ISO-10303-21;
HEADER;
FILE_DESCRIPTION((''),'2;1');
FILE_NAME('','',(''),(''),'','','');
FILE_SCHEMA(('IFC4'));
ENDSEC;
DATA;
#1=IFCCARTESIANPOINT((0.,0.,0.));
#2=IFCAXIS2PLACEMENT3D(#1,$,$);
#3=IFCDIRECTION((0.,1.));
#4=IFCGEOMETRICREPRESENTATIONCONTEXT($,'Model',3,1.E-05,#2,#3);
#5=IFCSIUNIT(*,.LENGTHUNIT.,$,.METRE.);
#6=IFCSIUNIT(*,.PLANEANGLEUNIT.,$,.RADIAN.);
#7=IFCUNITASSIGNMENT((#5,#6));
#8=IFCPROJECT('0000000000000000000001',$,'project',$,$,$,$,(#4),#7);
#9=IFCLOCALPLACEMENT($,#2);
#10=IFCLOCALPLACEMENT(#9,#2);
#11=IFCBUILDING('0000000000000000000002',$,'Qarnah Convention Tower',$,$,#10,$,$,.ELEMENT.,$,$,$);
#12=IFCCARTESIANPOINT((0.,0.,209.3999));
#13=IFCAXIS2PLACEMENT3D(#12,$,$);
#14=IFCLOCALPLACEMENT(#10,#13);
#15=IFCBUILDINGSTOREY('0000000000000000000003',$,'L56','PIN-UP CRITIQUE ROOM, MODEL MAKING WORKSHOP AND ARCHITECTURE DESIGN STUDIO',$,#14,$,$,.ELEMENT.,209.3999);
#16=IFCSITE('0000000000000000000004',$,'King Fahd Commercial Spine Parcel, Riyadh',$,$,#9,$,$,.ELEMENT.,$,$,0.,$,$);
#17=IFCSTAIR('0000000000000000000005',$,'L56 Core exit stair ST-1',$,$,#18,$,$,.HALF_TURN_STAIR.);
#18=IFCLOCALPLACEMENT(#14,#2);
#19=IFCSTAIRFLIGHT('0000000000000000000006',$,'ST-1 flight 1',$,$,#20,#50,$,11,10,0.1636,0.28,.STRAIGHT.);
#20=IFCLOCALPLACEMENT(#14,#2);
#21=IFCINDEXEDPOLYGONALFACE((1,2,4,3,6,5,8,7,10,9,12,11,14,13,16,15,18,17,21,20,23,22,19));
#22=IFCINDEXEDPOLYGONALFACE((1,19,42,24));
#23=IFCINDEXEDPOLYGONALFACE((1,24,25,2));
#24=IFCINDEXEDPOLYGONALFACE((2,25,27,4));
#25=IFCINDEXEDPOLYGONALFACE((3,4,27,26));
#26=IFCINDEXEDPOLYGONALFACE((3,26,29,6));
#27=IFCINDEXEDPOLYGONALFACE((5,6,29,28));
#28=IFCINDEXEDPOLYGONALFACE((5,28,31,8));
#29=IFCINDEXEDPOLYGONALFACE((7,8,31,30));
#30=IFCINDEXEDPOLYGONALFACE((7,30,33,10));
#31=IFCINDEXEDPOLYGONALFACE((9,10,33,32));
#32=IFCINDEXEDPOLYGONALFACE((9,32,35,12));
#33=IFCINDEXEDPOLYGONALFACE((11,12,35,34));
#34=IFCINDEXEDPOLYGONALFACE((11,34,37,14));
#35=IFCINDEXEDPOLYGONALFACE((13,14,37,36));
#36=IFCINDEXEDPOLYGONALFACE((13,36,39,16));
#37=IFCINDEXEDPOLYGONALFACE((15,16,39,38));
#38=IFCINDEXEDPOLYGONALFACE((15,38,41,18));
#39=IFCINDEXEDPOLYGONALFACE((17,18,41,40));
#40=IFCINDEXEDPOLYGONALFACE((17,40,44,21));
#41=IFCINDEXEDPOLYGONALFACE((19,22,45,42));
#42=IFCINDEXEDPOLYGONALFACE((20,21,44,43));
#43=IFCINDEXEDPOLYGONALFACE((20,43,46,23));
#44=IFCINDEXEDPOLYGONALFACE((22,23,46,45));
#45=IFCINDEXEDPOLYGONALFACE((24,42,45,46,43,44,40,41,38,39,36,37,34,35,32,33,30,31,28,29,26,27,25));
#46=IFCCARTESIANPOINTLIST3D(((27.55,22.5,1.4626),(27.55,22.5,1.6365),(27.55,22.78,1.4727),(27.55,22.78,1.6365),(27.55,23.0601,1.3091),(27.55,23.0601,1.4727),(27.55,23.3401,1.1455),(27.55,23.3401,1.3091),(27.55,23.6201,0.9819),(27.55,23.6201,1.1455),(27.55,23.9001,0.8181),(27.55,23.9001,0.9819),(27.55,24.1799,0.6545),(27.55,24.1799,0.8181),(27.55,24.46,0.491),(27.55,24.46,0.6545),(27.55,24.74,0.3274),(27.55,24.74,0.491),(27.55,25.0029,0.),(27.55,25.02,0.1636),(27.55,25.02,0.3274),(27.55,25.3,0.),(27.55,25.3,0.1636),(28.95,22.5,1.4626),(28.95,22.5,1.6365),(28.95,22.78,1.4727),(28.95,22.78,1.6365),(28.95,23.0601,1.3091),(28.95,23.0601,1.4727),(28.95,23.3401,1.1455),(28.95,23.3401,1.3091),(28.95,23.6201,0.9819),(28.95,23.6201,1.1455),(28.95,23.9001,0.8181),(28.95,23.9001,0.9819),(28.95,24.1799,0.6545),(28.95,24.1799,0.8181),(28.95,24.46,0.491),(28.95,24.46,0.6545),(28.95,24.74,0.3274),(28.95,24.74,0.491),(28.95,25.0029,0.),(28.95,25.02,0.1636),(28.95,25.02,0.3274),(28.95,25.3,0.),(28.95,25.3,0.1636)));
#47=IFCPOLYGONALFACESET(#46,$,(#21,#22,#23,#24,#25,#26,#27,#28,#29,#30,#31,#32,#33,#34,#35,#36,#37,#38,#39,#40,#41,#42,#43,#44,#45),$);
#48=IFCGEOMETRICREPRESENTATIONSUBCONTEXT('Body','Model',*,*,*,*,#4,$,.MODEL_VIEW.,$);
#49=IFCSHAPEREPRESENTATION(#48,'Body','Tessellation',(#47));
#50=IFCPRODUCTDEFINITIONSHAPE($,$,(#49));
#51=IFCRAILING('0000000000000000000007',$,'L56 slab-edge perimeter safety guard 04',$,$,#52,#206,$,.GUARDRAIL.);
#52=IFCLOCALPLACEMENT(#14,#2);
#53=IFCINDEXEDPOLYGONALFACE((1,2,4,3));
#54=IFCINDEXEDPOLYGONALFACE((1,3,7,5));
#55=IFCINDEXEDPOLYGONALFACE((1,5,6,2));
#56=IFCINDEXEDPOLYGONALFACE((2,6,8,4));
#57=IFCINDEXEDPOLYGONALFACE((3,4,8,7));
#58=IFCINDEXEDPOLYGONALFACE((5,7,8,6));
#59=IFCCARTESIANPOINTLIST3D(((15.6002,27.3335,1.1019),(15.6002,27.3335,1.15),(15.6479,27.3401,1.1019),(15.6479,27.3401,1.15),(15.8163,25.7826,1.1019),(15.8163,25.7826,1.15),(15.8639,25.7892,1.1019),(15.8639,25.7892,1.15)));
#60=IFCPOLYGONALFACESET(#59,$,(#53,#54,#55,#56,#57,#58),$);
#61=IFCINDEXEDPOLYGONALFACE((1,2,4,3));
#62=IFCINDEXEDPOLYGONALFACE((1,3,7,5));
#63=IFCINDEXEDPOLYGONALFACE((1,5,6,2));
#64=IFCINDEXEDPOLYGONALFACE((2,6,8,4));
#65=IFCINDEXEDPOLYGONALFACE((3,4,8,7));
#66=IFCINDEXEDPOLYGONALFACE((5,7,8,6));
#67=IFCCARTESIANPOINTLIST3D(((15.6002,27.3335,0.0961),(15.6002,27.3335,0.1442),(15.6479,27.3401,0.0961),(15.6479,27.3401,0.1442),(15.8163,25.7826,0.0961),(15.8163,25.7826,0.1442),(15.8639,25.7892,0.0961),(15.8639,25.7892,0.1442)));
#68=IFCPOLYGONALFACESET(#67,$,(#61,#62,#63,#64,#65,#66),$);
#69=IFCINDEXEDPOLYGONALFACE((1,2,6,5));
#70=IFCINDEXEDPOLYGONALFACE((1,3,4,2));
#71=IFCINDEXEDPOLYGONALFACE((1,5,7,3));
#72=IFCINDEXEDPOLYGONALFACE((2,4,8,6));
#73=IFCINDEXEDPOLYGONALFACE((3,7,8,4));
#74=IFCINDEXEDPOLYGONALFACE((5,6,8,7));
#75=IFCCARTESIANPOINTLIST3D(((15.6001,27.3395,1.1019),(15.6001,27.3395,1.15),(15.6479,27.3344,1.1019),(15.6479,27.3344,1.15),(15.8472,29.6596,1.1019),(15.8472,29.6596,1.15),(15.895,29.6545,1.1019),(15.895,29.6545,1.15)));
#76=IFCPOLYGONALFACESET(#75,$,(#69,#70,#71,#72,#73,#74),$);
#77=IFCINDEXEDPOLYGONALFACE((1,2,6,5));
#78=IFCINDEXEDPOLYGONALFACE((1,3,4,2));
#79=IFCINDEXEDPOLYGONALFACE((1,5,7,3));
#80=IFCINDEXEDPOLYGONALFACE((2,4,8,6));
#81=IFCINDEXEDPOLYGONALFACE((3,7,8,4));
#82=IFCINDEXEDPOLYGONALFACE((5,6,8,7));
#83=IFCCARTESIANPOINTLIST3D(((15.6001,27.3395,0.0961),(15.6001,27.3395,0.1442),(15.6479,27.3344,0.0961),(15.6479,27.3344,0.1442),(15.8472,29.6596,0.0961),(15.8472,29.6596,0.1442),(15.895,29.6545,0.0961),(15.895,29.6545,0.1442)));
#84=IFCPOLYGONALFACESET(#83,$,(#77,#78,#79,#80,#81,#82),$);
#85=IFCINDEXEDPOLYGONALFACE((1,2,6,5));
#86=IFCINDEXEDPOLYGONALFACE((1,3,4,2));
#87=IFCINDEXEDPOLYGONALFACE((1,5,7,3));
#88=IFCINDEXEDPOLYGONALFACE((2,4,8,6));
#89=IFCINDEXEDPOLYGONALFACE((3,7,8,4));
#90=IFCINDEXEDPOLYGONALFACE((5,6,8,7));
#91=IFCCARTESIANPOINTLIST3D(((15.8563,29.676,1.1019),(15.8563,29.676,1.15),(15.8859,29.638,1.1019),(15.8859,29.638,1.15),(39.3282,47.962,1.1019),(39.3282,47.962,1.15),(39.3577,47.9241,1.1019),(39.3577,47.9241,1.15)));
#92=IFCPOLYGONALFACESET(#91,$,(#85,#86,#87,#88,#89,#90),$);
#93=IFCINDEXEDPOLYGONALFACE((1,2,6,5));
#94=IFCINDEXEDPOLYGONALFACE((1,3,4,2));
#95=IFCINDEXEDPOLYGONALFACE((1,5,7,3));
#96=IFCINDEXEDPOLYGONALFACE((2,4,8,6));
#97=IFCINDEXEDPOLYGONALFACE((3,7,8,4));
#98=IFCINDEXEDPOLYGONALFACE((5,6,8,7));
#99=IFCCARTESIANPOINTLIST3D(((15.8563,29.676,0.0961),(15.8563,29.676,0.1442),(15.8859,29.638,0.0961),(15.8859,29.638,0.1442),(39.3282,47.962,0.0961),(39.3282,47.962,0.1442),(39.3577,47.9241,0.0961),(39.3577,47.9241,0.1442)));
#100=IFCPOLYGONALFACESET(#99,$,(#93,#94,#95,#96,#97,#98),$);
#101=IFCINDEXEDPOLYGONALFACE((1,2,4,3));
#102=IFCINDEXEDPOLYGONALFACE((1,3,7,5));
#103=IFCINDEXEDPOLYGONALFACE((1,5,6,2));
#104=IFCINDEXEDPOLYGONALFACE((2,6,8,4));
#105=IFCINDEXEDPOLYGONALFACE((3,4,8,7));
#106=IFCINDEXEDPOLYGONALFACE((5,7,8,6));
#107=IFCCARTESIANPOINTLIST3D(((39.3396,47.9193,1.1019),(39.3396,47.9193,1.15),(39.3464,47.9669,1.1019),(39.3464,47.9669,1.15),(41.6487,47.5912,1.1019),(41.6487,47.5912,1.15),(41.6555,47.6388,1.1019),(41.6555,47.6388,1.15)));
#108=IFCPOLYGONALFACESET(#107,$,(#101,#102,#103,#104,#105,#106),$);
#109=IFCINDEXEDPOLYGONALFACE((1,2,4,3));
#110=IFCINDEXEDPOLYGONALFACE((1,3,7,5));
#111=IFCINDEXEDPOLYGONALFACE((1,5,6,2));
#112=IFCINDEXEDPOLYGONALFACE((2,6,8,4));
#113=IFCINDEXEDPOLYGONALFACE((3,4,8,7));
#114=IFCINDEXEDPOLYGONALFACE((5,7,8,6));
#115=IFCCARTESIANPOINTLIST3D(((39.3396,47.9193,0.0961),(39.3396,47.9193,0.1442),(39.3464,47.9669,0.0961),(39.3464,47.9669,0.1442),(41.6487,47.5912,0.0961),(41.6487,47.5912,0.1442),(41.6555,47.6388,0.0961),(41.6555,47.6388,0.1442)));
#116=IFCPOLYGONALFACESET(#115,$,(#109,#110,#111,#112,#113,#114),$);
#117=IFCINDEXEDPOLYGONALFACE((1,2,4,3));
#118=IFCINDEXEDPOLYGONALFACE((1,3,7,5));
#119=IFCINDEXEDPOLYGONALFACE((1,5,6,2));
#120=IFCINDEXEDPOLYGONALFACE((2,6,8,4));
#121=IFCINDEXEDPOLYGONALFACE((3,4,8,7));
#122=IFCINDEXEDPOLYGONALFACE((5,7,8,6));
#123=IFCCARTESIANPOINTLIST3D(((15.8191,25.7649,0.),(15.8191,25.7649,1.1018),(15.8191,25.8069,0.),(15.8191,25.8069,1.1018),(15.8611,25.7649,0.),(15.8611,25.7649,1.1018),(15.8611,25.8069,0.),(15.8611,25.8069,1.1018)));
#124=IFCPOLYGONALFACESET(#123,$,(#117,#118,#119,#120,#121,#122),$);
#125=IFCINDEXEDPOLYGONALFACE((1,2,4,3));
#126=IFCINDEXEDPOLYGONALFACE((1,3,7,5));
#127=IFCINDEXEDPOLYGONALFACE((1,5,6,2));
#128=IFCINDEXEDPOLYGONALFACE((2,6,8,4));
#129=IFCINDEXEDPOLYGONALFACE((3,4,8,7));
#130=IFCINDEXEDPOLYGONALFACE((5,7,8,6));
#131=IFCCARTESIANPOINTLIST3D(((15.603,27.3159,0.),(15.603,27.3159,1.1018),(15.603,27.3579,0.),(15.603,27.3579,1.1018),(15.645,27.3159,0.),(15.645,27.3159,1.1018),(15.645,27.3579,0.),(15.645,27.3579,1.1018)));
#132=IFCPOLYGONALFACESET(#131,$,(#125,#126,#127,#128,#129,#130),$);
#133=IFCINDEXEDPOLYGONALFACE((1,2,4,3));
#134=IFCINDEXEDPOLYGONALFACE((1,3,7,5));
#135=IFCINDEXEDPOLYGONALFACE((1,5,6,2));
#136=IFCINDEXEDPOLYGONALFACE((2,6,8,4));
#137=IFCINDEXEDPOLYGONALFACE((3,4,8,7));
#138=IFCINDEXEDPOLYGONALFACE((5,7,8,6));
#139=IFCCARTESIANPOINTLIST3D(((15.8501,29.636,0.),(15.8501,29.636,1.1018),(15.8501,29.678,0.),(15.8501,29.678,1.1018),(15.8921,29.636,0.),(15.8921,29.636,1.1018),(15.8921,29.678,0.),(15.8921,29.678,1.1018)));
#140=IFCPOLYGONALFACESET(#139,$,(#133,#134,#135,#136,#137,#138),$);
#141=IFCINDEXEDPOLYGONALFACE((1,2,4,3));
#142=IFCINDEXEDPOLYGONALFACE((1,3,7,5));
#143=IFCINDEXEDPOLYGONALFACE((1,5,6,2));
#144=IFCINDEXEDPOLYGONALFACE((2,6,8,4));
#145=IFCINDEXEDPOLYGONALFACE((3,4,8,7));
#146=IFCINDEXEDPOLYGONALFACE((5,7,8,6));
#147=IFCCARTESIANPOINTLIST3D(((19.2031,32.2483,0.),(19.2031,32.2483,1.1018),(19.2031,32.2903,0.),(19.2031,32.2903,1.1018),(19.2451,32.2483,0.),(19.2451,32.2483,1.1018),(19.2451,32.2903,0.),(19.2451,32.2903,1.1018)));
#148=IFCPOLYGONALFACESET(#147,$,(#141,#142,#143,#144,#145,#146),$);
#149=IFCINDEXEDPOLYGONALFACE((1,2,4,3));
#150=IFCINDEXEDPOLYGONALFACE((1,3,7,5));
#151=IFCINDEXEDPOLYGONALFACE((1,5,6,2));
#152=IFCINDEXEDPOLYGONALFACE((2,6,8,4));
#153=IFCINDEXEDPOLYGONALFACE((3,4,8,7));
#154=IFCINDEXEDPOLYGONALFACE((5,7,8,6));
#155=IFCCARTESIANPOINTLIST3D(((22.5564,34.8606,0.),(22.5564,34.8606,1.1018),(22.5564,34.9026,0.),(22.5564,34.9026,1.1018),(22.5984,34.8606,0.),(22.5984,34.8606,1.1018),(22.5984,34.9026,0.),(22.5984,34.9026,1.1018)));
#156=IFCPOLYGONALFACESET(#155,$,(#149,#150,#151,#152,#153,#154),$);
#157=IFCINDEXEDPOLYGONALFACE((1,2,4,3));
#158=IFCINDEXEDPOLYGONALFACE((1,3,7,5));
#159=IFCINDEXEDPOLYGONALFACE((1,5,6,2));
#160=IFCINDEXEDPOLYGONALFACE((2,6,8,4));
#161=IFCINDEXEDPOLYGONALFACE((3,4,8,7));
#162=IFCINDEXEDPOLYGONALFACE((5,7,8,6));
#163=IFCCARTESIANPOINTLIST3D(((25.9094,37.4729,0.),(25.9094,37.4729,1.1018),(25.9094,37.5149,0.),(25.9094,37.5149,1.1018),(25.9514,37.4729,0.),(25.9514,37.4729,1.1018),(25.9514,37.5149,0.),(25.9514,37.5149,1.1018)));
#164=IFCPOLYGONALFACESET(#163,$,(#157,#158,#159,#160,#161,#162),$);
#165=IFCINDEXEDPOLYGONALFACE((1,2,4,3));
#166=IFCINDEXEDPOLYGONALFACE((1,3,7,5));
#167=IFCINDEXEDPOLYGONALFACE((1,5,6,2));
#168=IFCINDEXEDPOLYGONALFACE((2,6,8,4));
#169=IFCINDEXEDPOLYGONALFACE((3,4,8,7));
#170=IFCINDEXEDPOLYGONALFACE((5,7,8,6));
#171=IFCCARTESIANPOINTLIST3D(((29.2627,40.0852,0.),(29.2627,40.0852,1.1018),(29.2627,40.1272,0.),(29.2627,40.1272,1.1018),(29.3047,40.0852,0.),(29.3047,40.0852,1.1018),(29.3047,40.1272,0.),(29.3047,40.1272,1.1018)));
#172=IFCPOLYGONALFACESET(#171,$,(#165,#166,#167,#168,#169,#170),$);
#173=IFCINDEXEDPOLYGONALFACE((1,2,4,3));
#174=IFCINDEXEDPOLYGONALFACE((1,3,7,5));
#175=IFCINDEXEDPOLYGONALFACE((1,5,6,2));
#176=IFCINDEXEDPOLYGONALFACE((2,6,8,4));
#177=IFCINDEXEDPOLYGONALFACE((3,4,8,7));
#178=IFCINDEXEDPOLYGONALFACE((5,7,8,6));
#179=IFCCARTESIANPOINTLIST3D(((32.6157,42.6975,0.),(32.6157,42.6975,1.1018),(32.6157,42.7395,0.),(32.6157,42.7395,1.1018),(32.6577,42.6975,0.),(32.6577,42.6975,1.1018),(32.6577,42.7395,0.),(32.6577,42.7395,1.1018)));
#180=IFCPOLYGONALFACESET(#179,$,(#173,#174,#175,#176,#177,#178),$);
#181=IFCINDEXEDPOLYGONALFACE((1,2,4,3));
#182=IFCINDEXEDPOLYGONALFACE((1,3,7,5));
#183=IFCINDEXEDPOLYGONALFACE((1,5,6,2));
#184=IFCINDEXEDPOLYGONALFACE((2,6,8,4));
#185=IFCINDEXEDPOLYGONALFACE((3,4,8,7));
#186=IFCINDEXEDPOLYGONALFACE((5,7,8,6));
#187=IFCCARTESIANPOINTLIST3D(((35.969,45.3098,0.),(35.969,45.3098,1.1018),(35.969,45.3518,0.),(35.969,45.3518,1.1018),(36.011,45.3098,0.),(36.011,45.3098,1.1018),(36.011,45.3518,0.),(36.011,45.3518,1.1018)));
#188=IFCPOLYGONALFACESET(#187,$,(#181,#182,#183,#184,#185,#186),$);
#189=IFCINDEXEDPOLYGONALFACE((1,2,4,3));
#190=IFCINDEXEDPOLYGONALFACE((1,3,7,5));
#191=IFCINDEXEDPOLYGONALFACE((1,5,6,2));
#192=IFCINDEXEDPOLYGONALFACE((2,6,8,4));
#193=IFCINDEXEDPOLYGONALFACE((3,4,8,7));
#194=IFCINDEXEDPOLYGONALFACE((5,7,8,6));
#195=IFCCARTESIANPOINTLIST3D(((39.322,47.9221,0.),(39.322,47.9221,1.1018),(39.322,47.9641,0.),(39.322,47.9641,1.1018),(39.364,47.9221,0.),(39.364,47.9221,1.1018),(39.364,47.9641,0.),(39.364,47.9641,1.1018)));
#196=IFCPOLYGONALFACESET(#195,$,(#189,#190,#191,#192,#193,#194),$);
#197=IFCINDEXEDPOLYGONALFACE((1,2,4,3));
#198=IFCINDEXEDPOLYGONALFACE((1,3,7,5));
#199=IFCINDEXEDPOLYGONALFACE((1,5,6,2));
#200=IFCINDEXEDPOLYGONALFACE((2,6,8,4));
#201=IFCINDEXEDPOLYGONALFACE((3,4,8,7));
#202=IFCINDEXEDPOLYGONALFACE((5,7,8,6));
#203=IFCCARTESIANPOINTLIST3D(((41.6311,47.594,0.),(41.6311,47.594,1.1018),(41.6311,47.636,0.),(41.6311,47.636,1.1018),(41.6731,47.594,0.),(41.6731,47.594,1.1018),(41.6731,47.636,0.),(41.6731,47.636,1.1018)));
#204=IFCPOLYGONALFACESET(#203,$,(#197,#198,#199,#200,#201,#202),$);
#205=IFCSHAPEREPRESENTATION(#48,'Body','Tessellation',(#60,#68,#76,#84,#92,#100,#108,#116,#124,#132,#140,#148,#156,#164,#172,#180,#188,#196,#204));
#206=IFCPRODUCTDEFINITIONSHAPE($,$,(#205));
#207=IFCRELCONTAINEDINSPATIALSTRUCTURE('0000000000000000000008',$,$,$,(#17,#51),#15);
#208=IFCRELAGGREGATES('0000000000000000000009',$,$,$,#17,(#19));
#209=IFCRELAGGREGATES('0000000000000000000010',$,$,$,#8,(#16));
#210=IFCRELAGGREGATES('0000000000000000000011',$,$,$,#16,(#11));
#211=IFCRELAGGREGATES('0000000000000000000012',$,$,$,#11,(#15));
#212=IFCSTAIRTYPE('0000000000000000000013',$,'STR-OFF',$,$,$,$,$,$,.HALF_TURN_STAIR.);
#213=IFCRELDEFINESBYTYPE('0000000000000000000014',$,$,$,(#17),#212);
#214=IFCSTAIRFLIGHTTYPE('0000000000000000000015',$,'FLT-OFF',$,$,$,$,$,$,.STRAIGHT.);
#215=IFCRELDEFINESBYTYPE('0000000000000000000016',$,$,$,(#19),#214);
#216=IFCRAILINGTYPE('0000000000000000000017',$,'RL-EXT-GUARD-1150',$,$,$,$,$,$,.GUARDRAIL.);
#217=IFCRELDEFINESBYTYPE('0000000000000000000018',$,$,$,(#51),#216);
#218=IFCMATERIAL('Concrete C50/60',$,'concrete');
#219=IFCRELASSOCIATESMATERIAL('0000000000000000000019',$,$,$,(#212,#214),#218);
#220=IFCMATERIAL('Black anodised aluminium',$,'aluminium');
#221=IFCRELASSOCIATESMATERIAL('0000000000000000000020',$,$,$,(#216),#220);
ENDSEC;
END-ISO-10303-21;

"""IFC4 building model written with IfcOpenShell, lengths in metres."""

from ifc_helpers import new_model, si_unit, direction, frame, origin, origin_2d, place, context, subcontext, project, spatial, polyline, rectangle, outline, extrude, material, type_object, element, aggregate, save


model = new_model("IFC4")

# Units and contexts
model_context = context("Model", 3, precision=1e-05, world=origin(), true_north=direction((0.0, 1.0)))
body_context = subcontext(model_context, "Body", "Model", "MODEL_VIEW")
ifc_project = project(units=[si_unit("LENGTHUNIT", "METRE"), si_unit("PLANEANGLEUNIT", "RADIAN")], contexts=[model_context])

# Site, building, storey
site_placement = place(None, origin())
site = spatial("IfcSite", under=ifc_project, at=site_placement, Name="King Fahd Commercial Spine Parcel, Riyadh", CompositionType="ELEMENT", RefElevation=0.0)
building_placement = place(site_placement, origin())
building = spatial("IfcBuilding", under=site, at=building_placement, Name="Qarnah Convention Tower", CompositionType="ELEMENT")
storey_placement = place(building_placement, frame((0.0, 0.0, 209.3999)))
storey = spatial("IfcBuildingStorey", under=building, at=storey_placement, Name="L56", Description="PIN-UP CRITIQUE ROOM, MODEL MAKING WORKSHOP AND ARCHITECTURE DESIGN STUDIO", CompositionType="ELEMENT", Elevation=209.3999)

# Shared definitions
ifc_material_1 = material(Name="Concrete C50/60", Category="concrete")

# Shared definitions
ifc_material_2 = material(Name="Black anodised aluminium", Category="aluminium")

# Stair, stair flight
stair_type = type_object("IfcStairType", Name="STR-OFF", PredefinedType="HALF_TURN_STAIR", material=ifc_material_1)
stair_placement = place(storey_placement, origin())
stair = element("IfcStair", 1, at=stair_placement, inside=storey, type_object=stair_type, Name="L56 Core exit stair ST-1", PredefinedType="HALF_TURN_STAIR")
stair_flight_type = type_object("IfcStairFlightType", Name="FLT-OFF", PredefinedType="STRAIGHT", material=ifc_material_1)
stair_flight_placement = place(storey_placement, frame((28.25, 25.3, 0.0), z_axis=(0.0, 0.0, 1.0), x_axis=(0.0, -1.0, 0.0)))
stair_flight = element("IfcStairFlight", 2, at=stair_flight_placement, type_object=stair_flight_type, Name="ST-1 flight 1", NumberOfRisers=11, NumberOfTreads=10, PredefinedType="STRAIGHT", RiserHeight=0.1636, TreadLength=0.28, context=body_context, shape_type="SweptSolid", body=[
    extrude(outline(polyline([(0.0, 0.0), (0.0, 0.1636), (0.28, 0.1636), (0.28, 0.3274), (0.5601, 0.3274), (0.5601, 0.491), (0.8401, 0.491), (0.8401, 0.6545), (1.1201, 0.6545), (1.1201, 0.8181), (1.3999, 0.8181), (1.3999, 0.9819), (1.6799, 0.9819), (1.6799, 1.1455), (1.96, 1.1455), (1.96, 1.3091), (2.24, 1.3091), (2.24, 1.4727), (2.52, 1.4727), (2.52, 1.6365), (2.8, 1.6365), (2.8, 1.8), (2.8, 1.4626), (0.2971, 0.0), (0.0, 0.0)])), frame((0.0, 0.7, 0.0), z_axis=(0.0, -1.0, 0.0), x_axis=(1.0, 0.0, 0.0)), (0.0, 0.0, 1.0), 1.3999),
])
aggregate(stair, [stair_flight])

# Railing
railing_type_1 = type_object("IfcRailingType", Name="RL-EXT-GUARD-1150", PredefinedType="GUARDRAIL", material=ifc_material_2)
railing_1_placement = place(storey_placement, frame((15.8401, 25.7859, 0.0)))
element("IfcRailing", 3, at=railing_1_placement, inside=storey, type_object=railing_type_1, Name="L56 slab-edge perimeter safety guard 04", PredefinedType="GUARDRAIL", context=body_context, shape_type="SweptSolid", body=[
    extrude(rectangle(XDim=0.0481, YDim=0.0481, at=origin_2d()), frame((0.0, 0.0, 1.126), z_axis=(-0.137972, 0.990436, 0.0), x_axis=(-0.990436, -0.137972, 0.0)), (0.0, 0.0, 1.0), 1.5659),
    extrude(rectangle(XDim=0.0481, YDim=0.0481, at=origin_2d()), frame((0.0, 0.0, 0.1201), z_axis=(-0.137972, 0.990436, 0.0), x_axis=(-0.990436, -0.137972, 0.0)), (0.0, 0.0, 1.0), 1.5659),
    extrude(rectangle(XDim=0.0481, YDim=0.0481, at=origin_2d()), frame((-0.2161, 1.551, 1.126), z_axis=(0.105894, 0.994377, 0.0), x_axis=(-0.994377, 0.105894, 0.0)), (0.0, 0.0, 1.0), 2.3333),
    extrude(rectangle(XDim=0.0481, YDim=0.0481, at=origin_2d()), frame((-0.2161, 1.551, 0.1201), z_axis=(0.105894, 0.994377, 0.0), x_axis=(-0.994377, 0.105894, 0.0)), (0.0, 0.0, 1.0), 2.3333),
    extrude(rectangle(XDim=0.0481, YDim=0.0481, at=origin_2d()), frame((0.031, 3.8711, 1.126), z_axis=(0.78886, 0.614573, 0.0), x_axis=(-0.614573, 0.78886, 0.0)), (0.0, 0.0, 1.0), 29.7542),
    extrude(rectangle(XDim=0.0481, YDim=0.0481, at=origin_2d()), frame((0.031, 3.8711, 0.1201), z_axis=(0.78886, 0.614573, 0.0), x_axis=(-0.614573, 0.78886, 0.0)), (0.0, 0.0, 1.0), 29.7542),
    extrude(rectangle(XDim=0.0481, YDim=0.0481, at=origin_2d()), frame((23.5029, 22.1572, 1.126), z_axis=(0.990054, -0.140689, 0.0), x_axis=(0.140689, 0.990054, 0.0)), (0.0, 0.0, 1.0), 2.3323),
    extrude(rectangle(XDim=0.0481, YDim=0.0481, at=origin_2d()), frame((23.5029, 22.1572, 0.1201), z_axis=(0.990054, -0.140689, 0.0), x_axis=(0.140689, 0.990054, 0.0)), (0.0, 0.0, 1.0), 2.3323),
    extrude(rectangle(XDim=0.042, YDim=0.042, at=origin_2d()), origin(), (0.0, 0.0, 1.0), 1.1018),
    extrude(rectangle(XDim=0.042, YDim=0.042, at=origin_2d()), frame((-0.2161, 1.551, 0.0)), (0.0, 0.0, 1.0), 1.1018),
    extrude(rectangle(XDim=0.042, YDim=0.042, at=origin_2d()), frame((0.031, 3.8711, 0.0)), (0.0, 0.0, 1.0), 1.1018),
    extrude(rectangle(XDim=0.042, YDim=0.042, at=origin_2d()), frame((3.384, 6.4834, 0.0)), (0.0, 0.0, 1.0), 1.1018),
    extrude(rectangle(XDim=0.042, YDim=0.042, at=origin_2d()), frame((6.7373, 9.0957, 0.0)), (0.0, 0.0, 1.0), 1.1018),
    extrude(rectangle(XDim=0.042, YDim=0.042, at=origin_2d()), frame((10.0903, 11.708, 0.0)), (0.0, 0.0, 1.0), 1.1018),
    extrude(rectangle(XDim=0.042, YDim=0.042, at=origin_2d()), frame((13.4436, 14.3203, 0.0)), (0.0, 0.0, 1.0), 1.1018),
    extrude(rectangle(XDim=0.042, YDim=0.042, at=origin_2d()), frame((16.7966, 16.9326, 0.0)), (0.0, 0.0, 1.0), 1.1018),
    extrude(rectangle(XDim=0.042, YDim=0.042, at=origin_2d()), frame((20.1499, 19.5449, 0.0)), (0.0, 0.0, 1.0), 1.1018),
    extrude(rectangle(XDim=0.042, YDim=0.042, at=origin_2d()), frame((23.5029, 22.1572, 0.0)), (0.0, 0.0, 1.0), 1.1018),
    extrude(rectangle(XDim=0.042, YDim=0.042, at=origin_2d()), frame((25.812, 21.8291, 0.0)), (0.0, 0.0, 1.0), 1.1018),
])

save(model, "model.ifc")
